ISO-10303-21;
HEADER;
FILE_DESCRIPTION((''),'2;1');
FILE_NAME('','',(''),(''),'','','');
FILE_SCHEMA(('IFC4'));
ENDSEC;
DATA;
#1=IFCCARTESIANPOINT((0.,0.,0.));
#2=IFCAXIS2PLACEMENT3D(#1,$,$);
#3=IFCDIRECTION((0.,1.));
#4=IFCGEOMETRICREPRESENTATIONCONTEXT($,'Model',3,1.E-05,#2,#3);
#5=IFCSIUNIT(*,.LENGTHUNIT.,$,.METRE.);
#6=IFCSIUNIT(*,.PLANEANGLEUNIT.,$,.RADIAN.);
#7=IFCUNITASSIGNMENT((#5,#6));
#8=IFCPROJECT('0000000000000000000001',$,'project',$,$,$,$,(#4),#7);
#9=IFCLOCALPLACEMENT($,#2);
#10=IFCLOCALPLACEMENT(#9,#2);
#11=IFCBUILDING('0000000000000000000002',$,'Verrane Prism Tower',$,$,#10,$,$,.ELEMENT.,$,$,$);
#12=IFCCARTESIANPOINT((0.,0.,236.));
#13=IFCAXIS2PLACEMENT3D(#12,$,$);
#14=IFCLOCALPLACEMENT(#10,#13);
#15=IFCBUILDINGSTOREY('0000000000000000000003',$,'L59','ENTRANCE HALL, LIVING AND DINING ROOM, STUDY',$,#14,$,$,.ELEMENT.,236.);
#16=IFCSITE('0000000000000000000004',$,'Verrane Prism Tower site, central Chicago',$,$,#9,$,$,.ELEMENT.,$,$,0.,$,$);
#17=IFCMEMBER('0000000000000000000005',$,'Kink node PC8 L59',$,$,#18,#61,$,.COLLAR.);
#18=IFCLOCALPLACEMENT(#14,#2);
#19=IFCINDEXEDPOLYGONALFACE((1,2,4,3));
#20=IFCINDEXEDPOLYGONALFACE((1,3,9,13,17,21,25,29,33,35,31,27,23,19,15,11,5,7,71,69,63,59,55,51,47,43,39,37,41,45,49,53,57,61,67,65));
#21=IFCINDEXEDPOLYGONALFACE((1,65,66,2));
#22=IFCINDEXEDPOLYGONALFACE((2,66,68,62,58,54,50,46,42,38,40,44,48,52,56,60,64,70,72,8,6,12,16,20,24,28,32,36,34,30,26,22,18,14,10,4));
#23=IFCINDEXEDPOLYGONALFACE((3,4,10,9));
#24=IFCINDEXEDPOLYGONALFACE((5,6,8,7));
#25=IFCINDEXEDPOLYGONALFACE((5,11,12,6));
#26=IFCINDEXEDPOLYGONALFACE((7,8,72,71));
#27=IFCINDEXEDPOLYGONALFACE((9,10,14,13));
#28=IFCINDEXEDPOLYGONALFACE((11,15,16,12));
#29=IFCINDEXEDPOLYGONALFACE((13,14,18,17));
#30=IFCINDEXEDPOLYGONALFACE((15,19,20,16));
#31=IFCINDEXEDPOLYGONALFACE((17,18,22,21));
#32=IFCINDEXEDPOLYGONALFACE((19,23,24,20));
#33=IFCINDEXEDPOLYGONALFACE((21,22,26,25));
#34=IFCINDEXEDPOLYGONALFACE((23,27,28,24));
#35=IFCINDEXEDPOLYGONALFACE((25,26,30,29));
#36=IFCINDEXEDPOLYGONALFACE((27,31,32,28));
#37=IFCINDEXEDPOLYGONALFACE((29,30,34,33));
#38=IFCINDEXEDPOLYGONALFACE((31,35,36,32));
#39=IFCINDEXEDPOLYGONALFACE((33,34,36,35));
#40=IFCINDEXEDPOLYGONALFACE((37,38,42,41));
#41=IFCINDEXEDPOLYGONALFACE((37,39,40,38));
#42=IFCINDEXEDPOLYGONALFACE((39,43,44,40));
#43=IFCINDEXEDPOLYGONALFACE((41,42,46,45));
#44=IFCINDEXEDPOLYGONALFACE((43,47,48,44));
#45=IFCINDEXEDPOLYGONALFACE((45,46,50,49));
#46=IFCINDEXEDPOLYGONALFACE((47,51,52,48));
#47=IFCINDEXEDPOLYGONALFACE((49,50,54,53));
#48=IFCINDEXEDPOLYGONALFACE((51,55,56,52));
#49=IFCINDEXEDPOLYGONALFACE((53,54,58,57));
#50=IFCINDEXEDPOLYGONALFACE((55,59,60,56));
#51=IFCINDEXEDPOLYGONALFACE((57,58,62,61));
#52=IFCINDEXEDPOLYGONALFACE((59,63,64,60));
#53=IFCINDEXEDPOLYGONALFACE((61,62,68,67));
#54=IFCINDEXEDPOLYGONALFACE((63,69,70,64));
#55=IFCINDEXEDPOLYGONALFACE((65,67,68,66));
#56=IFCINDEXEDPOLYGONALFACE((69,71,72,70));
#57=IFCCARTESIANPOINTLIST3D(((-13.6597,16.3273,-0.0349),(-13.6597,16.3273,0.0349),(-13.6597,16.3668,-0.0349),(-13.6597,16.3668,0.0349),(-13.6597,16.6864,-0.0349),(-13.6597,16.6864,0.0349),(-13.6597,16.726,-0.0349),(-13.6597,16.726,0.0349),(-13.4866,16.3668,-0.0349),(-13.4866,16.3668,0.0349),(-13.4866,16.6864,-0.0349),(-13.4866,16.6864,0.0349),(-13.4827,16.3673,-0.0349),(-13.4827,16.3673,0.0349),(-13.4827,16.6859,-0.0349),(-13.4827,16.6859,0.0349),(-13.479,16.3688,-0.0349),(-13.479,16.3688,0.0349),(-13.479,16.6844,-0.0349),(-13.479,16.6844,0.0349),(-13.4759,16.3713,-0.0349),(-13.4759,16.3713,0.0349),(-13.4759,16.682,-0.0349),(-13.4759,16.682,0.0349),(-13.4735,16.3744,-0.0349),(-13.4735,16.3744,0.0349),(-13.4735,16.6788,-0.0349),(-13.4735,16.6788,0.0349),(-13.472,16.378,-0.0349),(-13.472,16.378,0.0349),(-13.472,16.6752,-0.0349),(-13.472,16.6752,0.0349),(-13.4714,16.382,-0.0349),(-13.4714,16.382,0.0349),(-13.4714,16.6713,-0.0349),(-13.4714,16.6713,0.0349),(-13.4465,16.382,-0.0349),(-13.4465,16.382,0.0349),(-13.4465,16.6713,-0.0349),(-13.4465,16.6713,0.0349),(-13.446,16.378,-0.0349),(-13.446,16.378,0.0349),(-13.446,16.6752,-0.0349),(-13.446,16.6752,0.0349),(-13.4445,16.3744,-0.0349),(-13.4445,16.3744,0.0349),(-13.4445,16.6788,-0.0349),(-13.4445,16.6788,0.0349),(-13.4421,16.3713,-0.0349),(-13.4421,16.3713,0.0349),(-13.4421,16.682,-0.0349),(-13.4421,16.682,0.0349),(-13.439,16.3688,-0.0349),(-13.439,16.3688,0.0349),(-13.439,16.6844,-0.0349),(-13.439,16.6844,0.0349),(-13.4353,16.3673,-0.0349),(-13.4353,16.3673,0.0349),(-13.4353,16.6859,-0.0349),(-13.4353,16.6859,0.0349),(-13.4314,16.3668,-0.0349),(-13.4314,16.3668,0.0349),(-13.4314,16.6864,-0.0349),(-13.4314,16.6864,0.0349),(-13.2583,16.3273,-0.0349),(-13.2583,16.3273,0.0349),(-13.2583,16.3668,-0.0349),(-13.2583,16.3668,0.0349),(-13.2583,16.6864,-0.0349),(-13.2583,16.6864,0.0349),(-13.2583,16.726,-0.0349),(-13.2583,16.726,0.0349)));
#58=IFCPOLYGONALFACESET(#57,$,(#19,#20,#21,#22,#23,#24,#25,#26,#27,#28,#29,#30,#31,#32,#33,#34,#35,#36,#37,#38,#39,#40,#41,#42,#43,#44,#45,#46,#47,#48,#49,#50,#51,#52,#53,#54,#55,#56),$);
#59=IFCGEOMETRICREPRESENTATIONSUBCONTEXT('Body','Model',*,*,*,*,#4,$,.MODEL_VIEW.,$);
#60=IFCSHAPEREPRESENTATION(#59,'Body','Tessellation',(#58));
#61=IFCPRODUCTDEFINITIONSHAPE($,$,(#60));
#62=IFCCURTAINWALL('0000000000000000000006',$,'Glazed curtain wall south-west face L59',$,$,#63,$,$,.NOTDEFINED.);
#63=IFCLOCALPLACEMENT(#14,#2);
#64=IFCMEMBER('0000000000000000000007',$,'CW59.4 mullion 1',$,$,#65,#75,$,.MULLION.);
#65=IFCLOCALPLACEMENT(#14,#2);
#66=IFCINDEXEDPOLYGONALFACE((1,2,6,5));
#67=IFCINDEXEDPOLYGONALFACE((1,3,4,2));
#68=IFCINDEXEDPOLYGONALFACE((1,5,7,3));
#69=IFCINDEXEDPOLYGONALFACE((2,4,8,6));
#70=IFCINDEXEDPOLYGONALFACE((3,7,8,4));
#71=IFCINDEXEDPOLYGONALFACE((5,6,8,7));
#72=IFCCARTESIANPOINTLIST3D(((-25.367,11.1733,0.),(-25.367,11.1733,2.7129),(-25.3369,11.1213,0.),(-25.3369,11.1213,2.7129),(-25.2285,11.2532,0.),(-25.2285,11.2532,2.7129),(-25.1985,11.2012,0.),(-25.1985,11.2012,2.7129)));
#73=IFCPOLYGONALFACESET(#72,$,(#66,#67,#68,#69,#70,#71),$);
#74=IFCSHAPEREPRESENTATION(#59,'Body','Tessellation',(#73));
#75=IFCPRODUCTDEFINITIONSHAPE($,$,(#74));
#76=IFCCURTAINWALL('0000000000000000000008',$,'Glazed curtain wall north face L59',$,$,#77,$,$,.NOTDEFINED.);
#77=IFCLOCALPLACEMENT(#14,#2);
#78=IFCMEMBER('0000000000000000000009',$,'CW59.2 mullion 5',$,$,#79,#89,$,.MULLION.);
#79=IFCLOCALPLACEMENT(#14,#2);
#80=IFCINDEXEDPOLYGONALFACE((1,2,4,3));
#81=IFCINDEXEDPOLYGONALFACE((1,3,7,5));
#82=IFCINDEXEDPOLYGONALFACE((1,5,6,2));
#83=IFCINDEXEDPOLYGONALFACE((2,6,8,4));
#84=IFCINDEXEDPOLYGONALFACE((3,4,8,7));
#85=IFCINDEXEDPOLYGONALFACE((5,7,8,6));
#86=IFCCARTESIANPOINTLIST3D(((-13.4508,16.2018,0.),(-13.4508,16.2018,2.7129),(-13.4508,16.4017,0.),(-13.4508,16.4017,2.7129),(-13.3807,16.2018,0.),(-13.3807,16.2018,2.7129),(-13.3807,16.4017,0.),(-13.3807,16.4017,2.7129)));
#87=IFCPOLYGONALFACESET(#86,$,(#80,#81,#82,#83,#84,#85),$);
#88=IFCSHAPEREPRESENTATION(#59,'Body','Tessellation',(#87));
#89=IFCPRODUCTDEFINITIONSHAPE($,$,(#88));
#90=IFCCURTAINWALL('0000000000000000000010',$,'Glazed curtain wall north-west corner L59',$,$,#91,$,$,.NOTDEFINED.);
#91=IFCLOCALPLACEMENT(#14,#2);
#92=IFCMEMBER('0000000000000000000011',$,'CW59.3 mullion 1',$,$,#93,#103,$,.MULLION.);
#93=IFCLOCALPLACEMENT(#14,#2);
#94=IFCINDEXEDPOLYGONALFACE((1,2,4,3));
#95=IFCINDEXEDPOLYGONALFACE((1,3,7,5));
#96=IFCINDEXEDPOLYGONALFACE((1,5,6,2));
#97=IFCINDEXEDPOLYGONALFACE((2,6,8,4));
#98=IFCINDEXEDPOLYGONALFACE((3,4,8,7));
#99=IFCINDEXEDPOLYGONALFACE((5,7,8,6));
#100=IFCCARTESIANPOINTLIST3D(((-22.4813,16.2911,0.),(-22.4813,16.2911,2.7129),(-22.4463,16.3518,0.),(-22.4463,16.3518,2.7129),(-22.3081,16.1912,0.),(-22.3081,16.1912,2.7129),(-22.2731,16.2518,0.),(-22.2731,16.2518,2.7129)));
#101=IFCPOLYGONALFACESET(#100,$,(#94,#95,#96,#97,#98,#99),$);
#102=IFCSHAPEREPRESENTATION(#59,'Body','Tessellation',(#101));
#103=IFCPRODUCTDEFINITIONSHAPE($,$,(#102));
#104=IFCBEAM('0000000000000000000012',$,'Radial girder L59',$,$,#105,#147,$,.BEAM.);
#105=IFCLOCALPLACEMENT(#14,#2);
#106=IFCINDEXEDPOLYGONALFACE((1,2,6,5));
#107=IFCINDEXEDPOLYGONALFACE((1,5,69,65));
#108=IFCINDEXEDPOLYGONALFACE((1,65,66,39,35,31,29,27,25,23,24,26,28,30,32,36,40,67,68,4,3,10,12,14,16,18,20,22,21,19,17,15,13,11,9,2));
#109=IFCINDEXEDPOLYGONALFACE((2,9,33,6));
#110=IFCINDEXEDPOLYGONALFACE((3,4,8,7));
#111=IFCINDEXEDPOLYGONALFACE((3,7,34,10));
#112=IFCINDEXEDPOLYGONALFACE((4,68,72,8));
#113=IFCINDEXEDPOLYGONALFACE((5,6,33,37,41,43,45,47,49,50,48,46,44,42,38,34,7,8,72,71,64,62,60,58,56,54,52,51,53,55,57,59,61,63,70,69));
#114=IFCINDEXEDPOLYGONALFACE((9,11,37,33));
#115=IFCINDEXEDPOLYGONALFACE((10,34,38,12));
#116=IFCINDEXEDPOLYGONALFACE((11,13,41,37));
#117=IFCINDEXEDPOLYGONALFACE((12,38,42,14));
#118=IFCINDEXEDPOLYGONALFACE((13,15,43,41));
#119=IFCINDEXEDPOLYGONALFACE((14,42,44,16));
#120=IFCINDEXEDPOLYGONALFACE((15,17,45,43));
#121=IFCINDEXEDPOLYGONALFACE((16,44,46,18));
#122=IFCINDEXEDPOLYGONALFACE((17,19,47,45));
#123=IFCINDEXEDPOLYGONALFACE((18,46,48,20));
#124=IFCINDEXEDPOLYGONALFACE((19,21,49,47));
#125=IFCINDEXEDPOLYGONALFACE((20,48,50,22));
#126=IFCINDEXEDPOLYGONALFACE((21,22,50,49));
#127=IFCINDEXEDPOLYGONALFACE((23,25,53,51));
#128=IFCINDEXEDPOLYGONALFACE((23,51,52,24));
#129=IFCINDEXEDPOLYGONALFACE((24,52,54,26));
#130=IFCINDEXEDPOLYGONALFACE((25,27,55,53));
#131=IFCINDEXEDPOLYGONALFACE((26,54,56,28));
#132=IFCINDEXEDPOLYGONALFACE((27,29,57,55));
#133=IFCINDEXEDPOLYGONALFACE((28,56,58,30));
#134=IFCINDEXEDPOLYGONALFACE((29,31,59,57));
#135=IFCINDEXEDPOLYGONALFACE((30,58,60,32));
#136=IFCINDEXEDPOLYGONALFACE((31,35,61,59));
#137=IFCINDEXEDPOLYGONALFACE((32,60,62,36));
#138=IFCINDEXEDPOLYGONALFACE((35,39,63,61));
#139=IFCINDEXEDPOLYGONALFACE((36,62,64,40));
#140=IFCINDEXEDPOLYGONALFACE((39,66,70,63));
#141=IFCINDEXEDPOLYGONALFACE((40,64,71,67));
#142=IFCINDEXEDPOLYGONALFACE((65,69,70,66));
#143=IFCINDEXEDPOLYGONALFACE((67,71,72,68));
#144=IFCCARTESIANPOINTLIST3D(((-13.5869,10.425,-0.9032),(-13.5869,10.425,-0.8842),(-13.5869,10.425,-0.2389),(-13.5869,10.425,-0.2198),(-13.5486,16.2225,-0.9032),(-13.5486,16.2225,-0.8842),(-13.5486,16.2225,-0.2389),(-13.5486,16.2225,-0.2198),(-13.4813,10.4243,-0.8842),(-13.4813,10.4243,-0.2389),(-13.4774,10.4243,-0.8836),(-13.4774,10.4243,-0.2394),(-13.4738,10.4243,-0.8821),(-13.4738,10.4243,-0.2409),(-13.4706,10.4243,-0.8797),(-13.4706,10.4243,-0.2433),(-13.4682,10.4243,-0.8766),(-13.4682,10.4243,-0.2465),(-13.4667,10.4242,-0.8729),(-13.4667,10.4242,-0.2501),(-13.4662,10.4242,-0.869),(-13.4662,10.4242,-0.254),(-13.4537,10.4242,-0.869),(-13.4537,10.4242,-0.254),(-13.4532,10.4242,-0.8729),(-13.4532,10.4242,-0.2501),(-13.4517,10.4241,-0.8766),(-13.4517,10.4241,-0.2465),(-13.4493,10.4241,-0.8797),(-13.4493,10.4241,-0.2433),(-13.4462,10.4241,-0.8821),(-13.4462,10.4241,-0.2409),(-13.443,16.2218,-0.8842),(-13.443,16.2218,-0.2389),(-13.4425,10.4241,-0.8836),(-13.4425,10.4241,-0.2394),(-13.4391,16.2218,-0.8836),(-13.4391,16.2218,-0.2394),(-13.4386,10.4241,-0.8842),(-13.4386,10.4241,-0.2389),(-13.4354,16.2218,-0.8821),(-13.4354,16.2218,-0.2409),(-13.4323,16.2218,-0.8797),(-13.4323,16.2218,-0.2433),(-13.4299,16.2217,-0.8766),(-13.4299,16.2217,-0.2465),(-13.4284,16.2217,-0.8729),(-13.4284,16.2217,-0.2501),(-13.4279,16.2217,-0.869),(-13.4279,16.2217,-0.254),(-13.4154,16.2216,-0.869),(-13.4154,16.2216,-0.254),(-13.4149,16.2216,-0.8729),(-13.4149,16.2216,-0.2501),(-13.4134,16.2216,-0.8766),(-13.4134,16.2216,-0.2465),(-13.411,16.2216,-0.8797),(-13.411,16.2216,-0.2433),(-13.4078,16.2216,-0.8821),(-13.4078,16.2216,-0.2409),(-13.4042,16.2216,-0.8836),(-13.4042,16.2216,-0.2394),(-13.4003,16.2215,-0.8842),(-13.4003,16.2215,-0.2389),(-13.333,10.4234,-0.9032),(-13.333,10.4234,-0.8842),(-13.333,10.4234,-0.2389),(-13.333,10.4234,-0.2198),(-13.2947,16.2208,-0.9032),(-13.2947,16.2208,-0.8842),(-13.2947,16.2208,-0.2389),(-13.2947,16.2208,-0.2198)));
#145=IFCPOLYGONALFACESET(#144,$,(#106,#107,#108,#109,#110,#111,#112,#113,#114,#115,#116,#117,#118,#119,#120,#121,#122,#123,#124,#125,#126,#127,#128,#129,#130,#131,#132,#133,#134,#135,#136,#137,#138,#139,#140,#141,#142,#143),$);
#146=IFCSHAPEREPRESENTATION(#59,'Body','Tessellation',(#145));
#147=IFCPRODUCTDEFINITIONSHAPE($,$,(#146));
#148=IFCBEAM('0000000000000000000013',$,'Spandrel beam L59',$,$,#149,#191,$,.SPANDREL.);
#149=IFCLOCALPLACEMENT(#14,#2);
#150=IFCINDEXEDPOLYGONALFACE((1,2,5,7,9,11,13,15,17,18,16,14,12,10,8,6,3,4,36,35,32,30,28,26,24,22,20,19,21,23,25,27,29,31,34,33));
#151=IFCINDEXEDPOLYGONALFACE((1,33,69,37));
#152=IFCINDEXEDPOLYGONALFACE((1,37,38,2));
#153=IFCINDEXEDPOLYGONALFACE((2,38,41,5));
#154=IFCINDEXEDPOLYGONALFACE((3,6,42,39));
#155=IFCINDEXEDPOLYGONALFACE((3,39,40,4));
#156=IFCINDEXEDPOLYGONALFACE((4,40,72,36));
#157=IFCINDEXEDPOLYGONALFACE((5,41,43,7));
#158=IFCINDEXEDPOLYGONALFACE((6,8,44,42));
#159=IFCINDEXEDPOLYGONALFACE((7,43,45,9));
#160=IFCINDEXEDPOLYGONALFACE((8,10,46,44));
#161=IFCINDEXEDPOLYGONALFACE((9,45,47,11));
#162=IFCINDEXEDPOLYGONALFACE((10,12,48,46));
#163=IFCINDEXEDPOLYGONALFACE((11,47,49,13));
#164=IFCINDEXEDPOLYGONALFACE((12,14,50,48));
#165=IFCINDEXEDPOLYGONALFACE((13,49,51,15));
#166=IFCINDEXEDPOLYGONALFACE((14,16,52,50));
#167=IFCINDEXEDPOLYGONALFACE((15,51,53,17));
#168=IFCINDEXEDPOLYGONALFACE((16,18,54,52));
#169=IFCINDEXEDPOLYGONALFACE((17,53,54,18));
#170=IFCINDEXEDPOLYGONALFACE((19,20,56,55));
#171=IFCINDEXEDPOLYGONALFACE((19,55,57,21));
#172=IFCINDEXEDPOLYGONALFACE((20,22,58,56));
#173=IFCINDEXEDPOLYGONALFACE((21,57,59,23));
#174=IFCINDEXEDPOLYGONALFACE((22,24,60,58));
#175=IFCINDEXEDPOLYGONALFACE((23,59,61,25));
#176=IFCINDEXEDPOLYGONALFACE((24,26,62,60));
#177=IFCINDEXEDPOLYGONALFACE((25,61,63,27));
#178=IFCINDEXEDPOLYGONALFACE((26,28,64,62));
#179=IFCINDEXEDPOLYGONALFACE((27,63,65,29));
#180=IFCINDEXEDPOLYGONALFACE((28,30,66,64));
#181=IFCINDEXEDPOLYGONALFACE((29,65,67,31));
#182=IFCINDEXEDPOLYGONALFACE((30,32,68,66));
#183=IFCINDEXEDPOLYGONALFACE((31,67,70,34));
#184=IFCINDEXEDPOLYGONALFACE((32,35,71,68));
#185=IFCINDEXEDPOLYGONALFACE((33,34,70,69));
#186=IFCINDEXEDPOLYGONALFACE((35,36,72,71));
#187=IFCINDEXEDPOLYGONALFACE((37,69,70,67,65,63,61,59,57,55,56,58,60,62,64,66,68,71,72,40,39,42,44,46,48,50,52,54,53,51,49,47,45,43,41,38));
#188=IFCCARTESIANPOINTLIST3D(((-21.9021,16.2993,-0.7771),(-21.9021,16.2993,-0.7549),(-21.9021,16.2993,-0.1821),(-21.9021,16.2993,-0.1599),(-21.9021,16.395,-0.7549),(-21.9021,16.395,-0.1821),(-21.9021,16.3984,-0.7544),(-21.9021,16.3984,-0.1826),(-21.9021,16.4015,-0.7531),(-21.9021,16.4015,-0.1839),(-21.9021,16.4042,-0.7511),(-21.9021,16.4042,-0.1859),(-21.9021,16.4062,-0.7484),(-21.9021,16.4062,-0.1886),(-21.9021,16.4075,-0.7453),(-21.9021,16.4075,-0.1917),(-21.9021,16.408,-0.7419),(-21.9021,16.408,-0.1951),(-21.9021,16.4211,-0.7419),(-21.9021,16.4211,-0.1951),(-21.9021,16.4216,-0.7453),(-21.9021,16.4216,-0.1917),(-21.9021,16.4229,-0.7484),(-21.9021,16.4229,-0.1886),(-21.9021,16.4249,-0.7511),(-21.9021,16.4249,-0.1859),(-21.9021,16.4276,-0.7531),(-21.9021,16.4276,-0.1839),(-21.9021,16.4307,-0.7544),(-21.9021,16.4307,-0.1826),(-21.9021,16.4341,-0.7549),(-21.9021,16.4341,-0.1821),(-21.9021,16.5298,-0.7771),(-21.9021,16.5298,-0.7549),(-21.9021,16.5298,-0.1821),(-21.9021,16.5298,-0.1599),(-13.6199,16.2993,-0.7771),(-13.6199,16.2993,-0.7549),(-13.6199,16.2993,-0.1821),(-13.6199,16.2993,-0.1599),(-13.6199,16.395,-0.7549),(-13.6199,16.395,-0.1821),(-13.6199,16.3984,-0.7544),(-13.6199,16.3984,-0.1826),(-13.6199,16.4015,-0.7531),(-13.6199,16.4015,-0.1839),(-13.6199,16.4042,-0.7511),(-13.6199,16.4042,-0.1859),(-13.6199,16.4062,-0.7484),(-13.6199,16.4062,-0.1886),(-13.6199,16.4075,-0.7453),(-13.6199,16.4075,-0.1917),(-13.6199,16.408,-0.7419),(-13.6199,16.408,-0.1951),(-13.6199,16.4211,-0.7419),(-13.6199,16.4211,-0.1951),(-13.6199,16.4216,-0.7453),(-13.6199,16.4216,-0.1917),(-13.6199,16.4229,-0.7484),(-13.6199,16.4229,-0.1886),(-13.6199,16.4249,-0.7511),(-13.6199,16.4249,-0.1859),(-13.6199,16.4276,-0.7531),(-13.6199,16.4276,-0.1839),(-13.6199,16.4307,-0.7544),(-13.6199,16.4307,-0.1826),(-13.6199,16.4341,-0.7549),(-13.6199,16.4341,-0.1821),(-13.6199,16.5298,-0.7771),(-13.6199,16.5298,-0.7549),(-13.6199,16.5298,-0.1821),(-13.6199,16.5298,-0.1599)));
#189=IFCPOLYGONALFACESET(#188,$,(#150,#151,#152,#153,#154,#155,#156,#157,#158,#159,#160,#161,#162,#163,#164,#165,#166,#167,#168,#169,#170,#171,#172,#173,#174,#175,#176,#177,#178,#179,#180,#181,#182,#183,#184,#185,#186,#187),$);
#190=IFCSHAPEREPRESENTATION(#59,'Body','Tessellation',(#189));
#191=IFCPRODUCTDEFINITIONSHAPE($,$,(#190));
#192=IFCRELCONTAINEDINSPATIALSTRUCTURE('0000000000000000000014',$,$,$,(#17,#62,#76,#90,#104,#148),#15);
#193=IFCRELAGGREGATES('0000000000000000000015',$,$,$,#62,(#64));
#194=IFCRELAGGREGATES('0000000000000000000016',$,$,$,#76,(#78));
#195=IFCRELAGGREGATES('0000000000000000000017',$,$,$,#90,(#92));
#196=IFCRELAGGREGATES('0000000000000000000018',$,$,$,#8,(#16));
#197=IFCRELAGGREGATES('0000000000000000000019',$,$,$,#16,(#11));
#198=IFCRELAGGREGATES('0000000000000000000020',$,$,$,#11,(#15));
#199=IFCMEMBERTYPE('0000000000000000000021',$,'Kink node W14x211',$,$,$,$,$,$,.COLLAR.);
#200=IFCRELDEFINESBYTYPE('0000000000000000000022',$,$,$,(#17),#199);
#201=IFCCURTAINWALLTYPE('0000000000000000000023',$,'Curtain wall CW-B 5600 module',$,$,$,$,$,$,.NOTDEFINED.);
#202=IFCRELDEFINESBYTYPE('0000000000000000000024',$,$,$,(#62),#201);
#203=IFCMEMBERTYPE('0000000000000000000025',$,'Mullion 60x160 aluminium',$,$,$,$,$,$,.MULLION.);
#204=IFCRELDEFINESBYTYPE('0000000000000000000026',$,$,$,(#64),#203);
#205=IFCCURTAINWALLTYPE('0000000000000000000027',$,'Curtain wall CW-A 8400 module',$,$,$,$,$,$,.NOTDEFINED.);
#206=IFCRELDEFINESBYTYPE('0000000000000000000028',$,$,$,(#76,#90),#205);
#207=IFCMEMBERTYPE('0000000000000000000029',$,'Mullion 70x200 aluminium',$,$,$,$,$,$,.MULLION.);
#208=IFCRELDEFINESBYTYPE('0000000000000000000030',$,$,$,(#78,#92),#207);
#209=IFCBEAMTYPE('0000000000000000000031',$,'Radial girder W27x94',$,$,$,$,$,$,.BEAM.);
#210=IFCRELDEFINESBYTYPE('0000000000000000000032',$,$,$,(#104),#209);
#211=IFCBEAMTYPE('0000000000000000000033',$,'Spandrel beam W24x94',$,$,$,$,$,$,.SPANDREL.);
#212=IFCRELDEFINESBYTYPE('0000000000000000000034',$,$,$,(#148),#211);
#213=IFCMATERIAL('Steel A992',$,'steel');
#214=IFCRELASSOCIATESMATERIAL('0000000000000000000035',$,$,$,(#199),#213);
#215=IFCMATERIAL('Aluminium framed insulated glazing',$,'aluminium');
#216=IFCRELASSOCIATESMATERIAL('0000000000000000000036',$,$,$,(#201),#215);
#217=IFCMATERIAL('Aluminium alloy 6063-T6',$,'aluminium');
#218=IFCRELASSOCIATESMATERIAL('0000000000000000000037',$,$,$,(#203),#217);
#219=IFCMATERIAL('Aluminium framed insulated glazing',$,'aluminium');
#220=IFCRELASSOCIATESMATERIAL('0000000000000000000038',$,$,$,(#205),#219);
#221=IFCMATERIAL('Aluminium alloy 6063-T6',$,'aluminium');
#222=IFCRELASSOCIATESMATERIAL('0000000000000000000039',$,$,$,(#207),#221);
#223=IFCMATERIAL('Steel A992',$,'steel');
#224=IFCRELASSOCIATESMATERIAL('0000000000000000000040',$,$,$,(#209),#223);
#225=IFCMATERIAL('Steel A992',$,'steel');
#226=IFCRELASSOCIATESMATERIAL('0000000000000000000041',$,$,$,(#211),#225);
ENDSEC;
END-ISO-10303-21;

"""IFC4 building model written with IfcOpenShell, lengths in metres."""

from ifc_helpers import new_model, si_unit, direction, frame, origin, origin_2d, place, context, subcontext, project, spatial, rectangle, i_section, extrude, material, material_profile, profile_set, type_object, element, aggregate, save


model = new_model("IFC4")

# Units and contexts
model_context = context("Model", 3, precision=1e-05, world=origin(), true_north=direction((0.0, 1.0)))
body_context = subcontext(model_context, "Body", "Model", "MODEL_VIEW")
ifc_project = project(units=[si_unit("LENGTHUNIT", "METRE"), si_unit("PLANEANGLEUNIT", "RADIAN")], contexts=[model_context])

# Site, building, storey
site_placement = place(None, origin())
site = spatial("IfcSite", under=ifc_project, at=site_placement, Name="Verrane Prism Tower site, central Chicago", CompositionType="ELEMENT", RefElevation=0.0)
building_placement = place(site_placement, origin())
building = spatial("IfcBuilding", under=site, at=building_placement, Name="Verrane Prism Tower", CompositionType="ELEMENT")
storey_placement = place(building_placement, frame((0.0, 0.0, 236.0)))
storey = spatial("IfcBuildingStorey", under=building, at=storey_placement, Name="L59", Description="ENTRANCE HALL, LIVING AND DINING ROOM, STUDY", CompositionType="ELEMENT", Elevation=236.0)

# Member
ifc_material_1 = material(Name="Steel A992", Category="steel")
ifc_material_profile_1 = material_profile(ifc_material_1, i_section(OverallWidth=0.4014, OverallDepth=0.3987, WebThickness=0.0249, FlangeThickness=0.0396, FilletRadius=0.0151, at=origin_2d()), Name="W14x211")
ifc_profile_set_1 = profile_set([ifc_material_profile_1], Name="Steel A992")
member_type_1 = type_object("IfcMemberType", Name="Kink node W14x211", PredefinedType="COLLAR", material=ifc_profile_set_1)
member_1_placement = place(storey_placement, frame((-13.459, 16.5266, -0.0349), z_axis=(0.0, 0.0, 1.0), x_axis=(1.0, 0.0, 0.0)))
element("IfcMember", 1, at=member_1_placement, inside=storey, type_object=member_type_1, Name="Kink node PC8 L59", PredefinedType="COLLAR", context=body_context, shape_type="SweptSolid", body=[
    extrude(i_section(OverallWidth=0.4014, OverallDepth=0.3987, WebThickness=0.0249, FlangeThickness=0.0396, FilletRadius=0.0151, at=origin_2d()), origin(), (0.0, 0.0, 1.0), 0.0698),
])

# Curtain walls, members
ifc_material_2 = material(Name="Aluminium framed insulated glazing", Category="aluminium")
curtain_wall_type_1 = type_object("IfcCurtainWallType", Name="Curtain wall CW-B 5600 module", PredefinedType="NOTDEFINED", material=ifc_material_2)
curtain_wall_1_placement = place(storey_placement, origin())
curtain_wall_1 = element("IfcCurtainWall", 2, at=curtain_wall_1_placement, inside=storey, type_object=curtain_wall_type_1, Name="Glazed curtain wall south-west face L59", PredefinedType="NOTDEFINED")
ifc_material_3 = material(Name="Aluminium alloy 6063-T6", Category="aluminium")
ifc_material_profile_2 = material_profile(ifc_material_3, rectangle(XDim=0.1599, YDim=0.0601, at=origin_2d()), Name="Mullion 60x160 aluminium")
ifc_profile_set_2 = profile_set([ifc_material_profile_2], Name="Aluminium alloy 6063-T6")
member_type_2 = type_object("IfcMemberType", Name="Mullion 60x160 aluminium", PredefinedType="MULLION", material=ifc_profile_set_2)
member_2_placement = place(storey_placement, frame((-25.2827, 11.1873, 0.0), z_axis=(0.0, 0.0, 1.0), x_axis=(0.866026, 0.499999, 0.0)))
member_2 = element("IfcMember", 3, at=member_2_placement, type_object=member_type_2, Name="CW59.4 mullion 1", PredefinedType="MULLION", context=body_context, shape_type="SweptSolid", body=[
    extrude(rectangle(XDim=0.1599, YDim=0.0601, at=origin_2d()), origin(), (0.0, 0.0, 1.0), 2.7129),
])
ifc_material_4 = material(Name="Aluminium framed insulated glazing", Category="aluminium")
curtain_wall_type_2 = type_object("IfcCurtainWallType", Name="Curtain wall CW-A 8400 module", PredefinedType="NOTDEFINED", material=ifc_material_4)
curtain_wall_2_placement = place(storey_placement, origin())
curtain_wall_2 = element("IfcCurtainWall", 4, at=curtain_wall_2_placement, inside=storey, type_object=curtain_wall_type_2, Name="Glazed curtain wall north face L59", PredefinedType="NOTDEFINED")
ifc_material_5 = material(Name="Aluminium alloy 6063-T6", Category="aluminium")
ifc_material_profile_3 = material_profile(ifc_material_5, rectangle(XDim=0.2, YDim=0.0701, at=origin_2d()), Name="Mullion 70x200 aluminium")
ifc_profile_set_3 = profile_set([ifc_material_profile_3], Name="Aluminium alloy 6063-T6")
member_type_3 = type_object("IfcMemberType", Name="Mullion 70x200 aluminium", PredefinedType="MULLION", material=ifc_profile_set_3)
member_3_placement = place(storey_placement, frame((-13.4158, 16.3018, 0.0), z_axis=(0.0, 0.0, 1.0), x_axis=(0.0, -1.0, 0.0)))
member_3 = element("IfcMember", 5, at=member_3_placement, type_object=member_type_3, Name="CW59.2 mullion 5", PredefinedType="MULLION", context=body_context, shape_type="SweptSolid", body=[
    extrude(rectangle(XDim=0.2, YDim=0.0701, at=origin_2d()), origin(), (0.0, 0.0, 1.0), 2.7129),
])
curtain_wall_3_placement = place(storey_placement, origin())
curtain_wall_3 = element("IfcCurtainWall", 6, at=curtain_wall_3_placement, inside=storey, type_object=curtain_wall_type_2, Name="Glazed curtain wall north-west corner L59", PredefinedType="NOTDEFINED")
member_4_placement = place(storey_placement, frame((-22.3772, 16.2715, 0.0), z_axis=(0.0, 0.0, 1.0), x_axis=(0.866026, -0.499999, 0.0)))
member_4 = element("IfcMember", 7, at=member_4_placement, type_object=member_type_3, Name="CW59.3 mullion 1", PredefinedType="MULLION", context=body_context, shape_type="SweptSolid", body=[
    extrude(rectangle(XDim=0.2, YDim=0.0701, at=origin_2d()), origin(), (0.0, 0.0, 1.0), 2.7129),
])

# Beams
ifc_material_6 = material(Name="Steel A992", Category="steel")
ifc_material_profile_4 = material_profile(ifc_material_6, i_section(OverallWidth=0.2539, OverallDepth=0.6833, WebThickness=0.0125, FlangeThickness=0.019, FilletRadius=0.0151, at=origin_2d()), Name="W27x94")
ifc_profile_set_4 = profile_set([ifc_material_profile_4], Name="Steel A992")
beam_type_1 = type_object("IfcBeamType", Name="Radial girder W27x94", PredefinedType="BEAM", material=ifc_profile_set_4)
beam_1_placement = place(storey_placement, frame((-13.4216, 16.2217, -0.5615), z_axis=(-0.006611, -0.999978, 0.0), x_axis=(0.999978, -0.006611, 0.0)))
element("IfcBeam", 8, at=beam_1_placement, inside=storey, type_object=beam_type_1, Name="Radial girder L59", PredefinedType="BEAM", context=body_context, shape_type="SweptSolid", body=[
    extrude(i_section(OverallWidth=0.2539, OverallDepth=0.6833, WebThickness=0.0125, FlangeThickness=0.019, FilletRadius=0.0151, at=origin_2d()), origin(), (0.0, 0.0, 1.0), 5.7976),
])
ifc_material_7 = material(Name="Steel A992", Category="steel")
ifc_material_profile_5 = material_profile(ifc_material_7, i_section(OverallWidth=0.2305, OverallDepth=0.6172, WebThickness=0.0132, FlangeThickness=0.0222, FilletRadius=0.0129, at=origin_2d()), Name="W24x94")
ifc_profile_set_5 = profile_set([ifc_material_profile_5], Name="Steel A992")
beam_type_2 = type_object("IfcBeamType", Name="Spandrel beam W24x94", PredefinedType="SPANDREL", material=ifc_profile_set_5)
beam_2_placement = place(storey_placement, frame((-13.6199, 16.4146, -0.4685), z_axis=(-1.0, 0.0, 0.0), x_axis=(0.0, -1.0, 0.0)))
element("IfcBeam", 9, at=beam_2_placement, inside=storey, type_object=beam_type_2, Name="Spandrel beam L59", PredefinedType="SPANDREL", context=body_context, shape_type="SweptSolid", body=[
    extrude(i_section(OverallWidth=0.2305, OverallDepth=0.6172, WebThickness=0.0132, FlangeThickness=0.0222, FilletRadius=0.0129, at=origin_2d()), origin(), (0.0, 0.0, 1.0), 8.2822),
])

aggregate(curtain_wall_1, [member_2])

aggregate(curtain_wall_2, [member_3])
aggregate(curtain_wall_3, [member_4])

save(model, "model.ifc")
